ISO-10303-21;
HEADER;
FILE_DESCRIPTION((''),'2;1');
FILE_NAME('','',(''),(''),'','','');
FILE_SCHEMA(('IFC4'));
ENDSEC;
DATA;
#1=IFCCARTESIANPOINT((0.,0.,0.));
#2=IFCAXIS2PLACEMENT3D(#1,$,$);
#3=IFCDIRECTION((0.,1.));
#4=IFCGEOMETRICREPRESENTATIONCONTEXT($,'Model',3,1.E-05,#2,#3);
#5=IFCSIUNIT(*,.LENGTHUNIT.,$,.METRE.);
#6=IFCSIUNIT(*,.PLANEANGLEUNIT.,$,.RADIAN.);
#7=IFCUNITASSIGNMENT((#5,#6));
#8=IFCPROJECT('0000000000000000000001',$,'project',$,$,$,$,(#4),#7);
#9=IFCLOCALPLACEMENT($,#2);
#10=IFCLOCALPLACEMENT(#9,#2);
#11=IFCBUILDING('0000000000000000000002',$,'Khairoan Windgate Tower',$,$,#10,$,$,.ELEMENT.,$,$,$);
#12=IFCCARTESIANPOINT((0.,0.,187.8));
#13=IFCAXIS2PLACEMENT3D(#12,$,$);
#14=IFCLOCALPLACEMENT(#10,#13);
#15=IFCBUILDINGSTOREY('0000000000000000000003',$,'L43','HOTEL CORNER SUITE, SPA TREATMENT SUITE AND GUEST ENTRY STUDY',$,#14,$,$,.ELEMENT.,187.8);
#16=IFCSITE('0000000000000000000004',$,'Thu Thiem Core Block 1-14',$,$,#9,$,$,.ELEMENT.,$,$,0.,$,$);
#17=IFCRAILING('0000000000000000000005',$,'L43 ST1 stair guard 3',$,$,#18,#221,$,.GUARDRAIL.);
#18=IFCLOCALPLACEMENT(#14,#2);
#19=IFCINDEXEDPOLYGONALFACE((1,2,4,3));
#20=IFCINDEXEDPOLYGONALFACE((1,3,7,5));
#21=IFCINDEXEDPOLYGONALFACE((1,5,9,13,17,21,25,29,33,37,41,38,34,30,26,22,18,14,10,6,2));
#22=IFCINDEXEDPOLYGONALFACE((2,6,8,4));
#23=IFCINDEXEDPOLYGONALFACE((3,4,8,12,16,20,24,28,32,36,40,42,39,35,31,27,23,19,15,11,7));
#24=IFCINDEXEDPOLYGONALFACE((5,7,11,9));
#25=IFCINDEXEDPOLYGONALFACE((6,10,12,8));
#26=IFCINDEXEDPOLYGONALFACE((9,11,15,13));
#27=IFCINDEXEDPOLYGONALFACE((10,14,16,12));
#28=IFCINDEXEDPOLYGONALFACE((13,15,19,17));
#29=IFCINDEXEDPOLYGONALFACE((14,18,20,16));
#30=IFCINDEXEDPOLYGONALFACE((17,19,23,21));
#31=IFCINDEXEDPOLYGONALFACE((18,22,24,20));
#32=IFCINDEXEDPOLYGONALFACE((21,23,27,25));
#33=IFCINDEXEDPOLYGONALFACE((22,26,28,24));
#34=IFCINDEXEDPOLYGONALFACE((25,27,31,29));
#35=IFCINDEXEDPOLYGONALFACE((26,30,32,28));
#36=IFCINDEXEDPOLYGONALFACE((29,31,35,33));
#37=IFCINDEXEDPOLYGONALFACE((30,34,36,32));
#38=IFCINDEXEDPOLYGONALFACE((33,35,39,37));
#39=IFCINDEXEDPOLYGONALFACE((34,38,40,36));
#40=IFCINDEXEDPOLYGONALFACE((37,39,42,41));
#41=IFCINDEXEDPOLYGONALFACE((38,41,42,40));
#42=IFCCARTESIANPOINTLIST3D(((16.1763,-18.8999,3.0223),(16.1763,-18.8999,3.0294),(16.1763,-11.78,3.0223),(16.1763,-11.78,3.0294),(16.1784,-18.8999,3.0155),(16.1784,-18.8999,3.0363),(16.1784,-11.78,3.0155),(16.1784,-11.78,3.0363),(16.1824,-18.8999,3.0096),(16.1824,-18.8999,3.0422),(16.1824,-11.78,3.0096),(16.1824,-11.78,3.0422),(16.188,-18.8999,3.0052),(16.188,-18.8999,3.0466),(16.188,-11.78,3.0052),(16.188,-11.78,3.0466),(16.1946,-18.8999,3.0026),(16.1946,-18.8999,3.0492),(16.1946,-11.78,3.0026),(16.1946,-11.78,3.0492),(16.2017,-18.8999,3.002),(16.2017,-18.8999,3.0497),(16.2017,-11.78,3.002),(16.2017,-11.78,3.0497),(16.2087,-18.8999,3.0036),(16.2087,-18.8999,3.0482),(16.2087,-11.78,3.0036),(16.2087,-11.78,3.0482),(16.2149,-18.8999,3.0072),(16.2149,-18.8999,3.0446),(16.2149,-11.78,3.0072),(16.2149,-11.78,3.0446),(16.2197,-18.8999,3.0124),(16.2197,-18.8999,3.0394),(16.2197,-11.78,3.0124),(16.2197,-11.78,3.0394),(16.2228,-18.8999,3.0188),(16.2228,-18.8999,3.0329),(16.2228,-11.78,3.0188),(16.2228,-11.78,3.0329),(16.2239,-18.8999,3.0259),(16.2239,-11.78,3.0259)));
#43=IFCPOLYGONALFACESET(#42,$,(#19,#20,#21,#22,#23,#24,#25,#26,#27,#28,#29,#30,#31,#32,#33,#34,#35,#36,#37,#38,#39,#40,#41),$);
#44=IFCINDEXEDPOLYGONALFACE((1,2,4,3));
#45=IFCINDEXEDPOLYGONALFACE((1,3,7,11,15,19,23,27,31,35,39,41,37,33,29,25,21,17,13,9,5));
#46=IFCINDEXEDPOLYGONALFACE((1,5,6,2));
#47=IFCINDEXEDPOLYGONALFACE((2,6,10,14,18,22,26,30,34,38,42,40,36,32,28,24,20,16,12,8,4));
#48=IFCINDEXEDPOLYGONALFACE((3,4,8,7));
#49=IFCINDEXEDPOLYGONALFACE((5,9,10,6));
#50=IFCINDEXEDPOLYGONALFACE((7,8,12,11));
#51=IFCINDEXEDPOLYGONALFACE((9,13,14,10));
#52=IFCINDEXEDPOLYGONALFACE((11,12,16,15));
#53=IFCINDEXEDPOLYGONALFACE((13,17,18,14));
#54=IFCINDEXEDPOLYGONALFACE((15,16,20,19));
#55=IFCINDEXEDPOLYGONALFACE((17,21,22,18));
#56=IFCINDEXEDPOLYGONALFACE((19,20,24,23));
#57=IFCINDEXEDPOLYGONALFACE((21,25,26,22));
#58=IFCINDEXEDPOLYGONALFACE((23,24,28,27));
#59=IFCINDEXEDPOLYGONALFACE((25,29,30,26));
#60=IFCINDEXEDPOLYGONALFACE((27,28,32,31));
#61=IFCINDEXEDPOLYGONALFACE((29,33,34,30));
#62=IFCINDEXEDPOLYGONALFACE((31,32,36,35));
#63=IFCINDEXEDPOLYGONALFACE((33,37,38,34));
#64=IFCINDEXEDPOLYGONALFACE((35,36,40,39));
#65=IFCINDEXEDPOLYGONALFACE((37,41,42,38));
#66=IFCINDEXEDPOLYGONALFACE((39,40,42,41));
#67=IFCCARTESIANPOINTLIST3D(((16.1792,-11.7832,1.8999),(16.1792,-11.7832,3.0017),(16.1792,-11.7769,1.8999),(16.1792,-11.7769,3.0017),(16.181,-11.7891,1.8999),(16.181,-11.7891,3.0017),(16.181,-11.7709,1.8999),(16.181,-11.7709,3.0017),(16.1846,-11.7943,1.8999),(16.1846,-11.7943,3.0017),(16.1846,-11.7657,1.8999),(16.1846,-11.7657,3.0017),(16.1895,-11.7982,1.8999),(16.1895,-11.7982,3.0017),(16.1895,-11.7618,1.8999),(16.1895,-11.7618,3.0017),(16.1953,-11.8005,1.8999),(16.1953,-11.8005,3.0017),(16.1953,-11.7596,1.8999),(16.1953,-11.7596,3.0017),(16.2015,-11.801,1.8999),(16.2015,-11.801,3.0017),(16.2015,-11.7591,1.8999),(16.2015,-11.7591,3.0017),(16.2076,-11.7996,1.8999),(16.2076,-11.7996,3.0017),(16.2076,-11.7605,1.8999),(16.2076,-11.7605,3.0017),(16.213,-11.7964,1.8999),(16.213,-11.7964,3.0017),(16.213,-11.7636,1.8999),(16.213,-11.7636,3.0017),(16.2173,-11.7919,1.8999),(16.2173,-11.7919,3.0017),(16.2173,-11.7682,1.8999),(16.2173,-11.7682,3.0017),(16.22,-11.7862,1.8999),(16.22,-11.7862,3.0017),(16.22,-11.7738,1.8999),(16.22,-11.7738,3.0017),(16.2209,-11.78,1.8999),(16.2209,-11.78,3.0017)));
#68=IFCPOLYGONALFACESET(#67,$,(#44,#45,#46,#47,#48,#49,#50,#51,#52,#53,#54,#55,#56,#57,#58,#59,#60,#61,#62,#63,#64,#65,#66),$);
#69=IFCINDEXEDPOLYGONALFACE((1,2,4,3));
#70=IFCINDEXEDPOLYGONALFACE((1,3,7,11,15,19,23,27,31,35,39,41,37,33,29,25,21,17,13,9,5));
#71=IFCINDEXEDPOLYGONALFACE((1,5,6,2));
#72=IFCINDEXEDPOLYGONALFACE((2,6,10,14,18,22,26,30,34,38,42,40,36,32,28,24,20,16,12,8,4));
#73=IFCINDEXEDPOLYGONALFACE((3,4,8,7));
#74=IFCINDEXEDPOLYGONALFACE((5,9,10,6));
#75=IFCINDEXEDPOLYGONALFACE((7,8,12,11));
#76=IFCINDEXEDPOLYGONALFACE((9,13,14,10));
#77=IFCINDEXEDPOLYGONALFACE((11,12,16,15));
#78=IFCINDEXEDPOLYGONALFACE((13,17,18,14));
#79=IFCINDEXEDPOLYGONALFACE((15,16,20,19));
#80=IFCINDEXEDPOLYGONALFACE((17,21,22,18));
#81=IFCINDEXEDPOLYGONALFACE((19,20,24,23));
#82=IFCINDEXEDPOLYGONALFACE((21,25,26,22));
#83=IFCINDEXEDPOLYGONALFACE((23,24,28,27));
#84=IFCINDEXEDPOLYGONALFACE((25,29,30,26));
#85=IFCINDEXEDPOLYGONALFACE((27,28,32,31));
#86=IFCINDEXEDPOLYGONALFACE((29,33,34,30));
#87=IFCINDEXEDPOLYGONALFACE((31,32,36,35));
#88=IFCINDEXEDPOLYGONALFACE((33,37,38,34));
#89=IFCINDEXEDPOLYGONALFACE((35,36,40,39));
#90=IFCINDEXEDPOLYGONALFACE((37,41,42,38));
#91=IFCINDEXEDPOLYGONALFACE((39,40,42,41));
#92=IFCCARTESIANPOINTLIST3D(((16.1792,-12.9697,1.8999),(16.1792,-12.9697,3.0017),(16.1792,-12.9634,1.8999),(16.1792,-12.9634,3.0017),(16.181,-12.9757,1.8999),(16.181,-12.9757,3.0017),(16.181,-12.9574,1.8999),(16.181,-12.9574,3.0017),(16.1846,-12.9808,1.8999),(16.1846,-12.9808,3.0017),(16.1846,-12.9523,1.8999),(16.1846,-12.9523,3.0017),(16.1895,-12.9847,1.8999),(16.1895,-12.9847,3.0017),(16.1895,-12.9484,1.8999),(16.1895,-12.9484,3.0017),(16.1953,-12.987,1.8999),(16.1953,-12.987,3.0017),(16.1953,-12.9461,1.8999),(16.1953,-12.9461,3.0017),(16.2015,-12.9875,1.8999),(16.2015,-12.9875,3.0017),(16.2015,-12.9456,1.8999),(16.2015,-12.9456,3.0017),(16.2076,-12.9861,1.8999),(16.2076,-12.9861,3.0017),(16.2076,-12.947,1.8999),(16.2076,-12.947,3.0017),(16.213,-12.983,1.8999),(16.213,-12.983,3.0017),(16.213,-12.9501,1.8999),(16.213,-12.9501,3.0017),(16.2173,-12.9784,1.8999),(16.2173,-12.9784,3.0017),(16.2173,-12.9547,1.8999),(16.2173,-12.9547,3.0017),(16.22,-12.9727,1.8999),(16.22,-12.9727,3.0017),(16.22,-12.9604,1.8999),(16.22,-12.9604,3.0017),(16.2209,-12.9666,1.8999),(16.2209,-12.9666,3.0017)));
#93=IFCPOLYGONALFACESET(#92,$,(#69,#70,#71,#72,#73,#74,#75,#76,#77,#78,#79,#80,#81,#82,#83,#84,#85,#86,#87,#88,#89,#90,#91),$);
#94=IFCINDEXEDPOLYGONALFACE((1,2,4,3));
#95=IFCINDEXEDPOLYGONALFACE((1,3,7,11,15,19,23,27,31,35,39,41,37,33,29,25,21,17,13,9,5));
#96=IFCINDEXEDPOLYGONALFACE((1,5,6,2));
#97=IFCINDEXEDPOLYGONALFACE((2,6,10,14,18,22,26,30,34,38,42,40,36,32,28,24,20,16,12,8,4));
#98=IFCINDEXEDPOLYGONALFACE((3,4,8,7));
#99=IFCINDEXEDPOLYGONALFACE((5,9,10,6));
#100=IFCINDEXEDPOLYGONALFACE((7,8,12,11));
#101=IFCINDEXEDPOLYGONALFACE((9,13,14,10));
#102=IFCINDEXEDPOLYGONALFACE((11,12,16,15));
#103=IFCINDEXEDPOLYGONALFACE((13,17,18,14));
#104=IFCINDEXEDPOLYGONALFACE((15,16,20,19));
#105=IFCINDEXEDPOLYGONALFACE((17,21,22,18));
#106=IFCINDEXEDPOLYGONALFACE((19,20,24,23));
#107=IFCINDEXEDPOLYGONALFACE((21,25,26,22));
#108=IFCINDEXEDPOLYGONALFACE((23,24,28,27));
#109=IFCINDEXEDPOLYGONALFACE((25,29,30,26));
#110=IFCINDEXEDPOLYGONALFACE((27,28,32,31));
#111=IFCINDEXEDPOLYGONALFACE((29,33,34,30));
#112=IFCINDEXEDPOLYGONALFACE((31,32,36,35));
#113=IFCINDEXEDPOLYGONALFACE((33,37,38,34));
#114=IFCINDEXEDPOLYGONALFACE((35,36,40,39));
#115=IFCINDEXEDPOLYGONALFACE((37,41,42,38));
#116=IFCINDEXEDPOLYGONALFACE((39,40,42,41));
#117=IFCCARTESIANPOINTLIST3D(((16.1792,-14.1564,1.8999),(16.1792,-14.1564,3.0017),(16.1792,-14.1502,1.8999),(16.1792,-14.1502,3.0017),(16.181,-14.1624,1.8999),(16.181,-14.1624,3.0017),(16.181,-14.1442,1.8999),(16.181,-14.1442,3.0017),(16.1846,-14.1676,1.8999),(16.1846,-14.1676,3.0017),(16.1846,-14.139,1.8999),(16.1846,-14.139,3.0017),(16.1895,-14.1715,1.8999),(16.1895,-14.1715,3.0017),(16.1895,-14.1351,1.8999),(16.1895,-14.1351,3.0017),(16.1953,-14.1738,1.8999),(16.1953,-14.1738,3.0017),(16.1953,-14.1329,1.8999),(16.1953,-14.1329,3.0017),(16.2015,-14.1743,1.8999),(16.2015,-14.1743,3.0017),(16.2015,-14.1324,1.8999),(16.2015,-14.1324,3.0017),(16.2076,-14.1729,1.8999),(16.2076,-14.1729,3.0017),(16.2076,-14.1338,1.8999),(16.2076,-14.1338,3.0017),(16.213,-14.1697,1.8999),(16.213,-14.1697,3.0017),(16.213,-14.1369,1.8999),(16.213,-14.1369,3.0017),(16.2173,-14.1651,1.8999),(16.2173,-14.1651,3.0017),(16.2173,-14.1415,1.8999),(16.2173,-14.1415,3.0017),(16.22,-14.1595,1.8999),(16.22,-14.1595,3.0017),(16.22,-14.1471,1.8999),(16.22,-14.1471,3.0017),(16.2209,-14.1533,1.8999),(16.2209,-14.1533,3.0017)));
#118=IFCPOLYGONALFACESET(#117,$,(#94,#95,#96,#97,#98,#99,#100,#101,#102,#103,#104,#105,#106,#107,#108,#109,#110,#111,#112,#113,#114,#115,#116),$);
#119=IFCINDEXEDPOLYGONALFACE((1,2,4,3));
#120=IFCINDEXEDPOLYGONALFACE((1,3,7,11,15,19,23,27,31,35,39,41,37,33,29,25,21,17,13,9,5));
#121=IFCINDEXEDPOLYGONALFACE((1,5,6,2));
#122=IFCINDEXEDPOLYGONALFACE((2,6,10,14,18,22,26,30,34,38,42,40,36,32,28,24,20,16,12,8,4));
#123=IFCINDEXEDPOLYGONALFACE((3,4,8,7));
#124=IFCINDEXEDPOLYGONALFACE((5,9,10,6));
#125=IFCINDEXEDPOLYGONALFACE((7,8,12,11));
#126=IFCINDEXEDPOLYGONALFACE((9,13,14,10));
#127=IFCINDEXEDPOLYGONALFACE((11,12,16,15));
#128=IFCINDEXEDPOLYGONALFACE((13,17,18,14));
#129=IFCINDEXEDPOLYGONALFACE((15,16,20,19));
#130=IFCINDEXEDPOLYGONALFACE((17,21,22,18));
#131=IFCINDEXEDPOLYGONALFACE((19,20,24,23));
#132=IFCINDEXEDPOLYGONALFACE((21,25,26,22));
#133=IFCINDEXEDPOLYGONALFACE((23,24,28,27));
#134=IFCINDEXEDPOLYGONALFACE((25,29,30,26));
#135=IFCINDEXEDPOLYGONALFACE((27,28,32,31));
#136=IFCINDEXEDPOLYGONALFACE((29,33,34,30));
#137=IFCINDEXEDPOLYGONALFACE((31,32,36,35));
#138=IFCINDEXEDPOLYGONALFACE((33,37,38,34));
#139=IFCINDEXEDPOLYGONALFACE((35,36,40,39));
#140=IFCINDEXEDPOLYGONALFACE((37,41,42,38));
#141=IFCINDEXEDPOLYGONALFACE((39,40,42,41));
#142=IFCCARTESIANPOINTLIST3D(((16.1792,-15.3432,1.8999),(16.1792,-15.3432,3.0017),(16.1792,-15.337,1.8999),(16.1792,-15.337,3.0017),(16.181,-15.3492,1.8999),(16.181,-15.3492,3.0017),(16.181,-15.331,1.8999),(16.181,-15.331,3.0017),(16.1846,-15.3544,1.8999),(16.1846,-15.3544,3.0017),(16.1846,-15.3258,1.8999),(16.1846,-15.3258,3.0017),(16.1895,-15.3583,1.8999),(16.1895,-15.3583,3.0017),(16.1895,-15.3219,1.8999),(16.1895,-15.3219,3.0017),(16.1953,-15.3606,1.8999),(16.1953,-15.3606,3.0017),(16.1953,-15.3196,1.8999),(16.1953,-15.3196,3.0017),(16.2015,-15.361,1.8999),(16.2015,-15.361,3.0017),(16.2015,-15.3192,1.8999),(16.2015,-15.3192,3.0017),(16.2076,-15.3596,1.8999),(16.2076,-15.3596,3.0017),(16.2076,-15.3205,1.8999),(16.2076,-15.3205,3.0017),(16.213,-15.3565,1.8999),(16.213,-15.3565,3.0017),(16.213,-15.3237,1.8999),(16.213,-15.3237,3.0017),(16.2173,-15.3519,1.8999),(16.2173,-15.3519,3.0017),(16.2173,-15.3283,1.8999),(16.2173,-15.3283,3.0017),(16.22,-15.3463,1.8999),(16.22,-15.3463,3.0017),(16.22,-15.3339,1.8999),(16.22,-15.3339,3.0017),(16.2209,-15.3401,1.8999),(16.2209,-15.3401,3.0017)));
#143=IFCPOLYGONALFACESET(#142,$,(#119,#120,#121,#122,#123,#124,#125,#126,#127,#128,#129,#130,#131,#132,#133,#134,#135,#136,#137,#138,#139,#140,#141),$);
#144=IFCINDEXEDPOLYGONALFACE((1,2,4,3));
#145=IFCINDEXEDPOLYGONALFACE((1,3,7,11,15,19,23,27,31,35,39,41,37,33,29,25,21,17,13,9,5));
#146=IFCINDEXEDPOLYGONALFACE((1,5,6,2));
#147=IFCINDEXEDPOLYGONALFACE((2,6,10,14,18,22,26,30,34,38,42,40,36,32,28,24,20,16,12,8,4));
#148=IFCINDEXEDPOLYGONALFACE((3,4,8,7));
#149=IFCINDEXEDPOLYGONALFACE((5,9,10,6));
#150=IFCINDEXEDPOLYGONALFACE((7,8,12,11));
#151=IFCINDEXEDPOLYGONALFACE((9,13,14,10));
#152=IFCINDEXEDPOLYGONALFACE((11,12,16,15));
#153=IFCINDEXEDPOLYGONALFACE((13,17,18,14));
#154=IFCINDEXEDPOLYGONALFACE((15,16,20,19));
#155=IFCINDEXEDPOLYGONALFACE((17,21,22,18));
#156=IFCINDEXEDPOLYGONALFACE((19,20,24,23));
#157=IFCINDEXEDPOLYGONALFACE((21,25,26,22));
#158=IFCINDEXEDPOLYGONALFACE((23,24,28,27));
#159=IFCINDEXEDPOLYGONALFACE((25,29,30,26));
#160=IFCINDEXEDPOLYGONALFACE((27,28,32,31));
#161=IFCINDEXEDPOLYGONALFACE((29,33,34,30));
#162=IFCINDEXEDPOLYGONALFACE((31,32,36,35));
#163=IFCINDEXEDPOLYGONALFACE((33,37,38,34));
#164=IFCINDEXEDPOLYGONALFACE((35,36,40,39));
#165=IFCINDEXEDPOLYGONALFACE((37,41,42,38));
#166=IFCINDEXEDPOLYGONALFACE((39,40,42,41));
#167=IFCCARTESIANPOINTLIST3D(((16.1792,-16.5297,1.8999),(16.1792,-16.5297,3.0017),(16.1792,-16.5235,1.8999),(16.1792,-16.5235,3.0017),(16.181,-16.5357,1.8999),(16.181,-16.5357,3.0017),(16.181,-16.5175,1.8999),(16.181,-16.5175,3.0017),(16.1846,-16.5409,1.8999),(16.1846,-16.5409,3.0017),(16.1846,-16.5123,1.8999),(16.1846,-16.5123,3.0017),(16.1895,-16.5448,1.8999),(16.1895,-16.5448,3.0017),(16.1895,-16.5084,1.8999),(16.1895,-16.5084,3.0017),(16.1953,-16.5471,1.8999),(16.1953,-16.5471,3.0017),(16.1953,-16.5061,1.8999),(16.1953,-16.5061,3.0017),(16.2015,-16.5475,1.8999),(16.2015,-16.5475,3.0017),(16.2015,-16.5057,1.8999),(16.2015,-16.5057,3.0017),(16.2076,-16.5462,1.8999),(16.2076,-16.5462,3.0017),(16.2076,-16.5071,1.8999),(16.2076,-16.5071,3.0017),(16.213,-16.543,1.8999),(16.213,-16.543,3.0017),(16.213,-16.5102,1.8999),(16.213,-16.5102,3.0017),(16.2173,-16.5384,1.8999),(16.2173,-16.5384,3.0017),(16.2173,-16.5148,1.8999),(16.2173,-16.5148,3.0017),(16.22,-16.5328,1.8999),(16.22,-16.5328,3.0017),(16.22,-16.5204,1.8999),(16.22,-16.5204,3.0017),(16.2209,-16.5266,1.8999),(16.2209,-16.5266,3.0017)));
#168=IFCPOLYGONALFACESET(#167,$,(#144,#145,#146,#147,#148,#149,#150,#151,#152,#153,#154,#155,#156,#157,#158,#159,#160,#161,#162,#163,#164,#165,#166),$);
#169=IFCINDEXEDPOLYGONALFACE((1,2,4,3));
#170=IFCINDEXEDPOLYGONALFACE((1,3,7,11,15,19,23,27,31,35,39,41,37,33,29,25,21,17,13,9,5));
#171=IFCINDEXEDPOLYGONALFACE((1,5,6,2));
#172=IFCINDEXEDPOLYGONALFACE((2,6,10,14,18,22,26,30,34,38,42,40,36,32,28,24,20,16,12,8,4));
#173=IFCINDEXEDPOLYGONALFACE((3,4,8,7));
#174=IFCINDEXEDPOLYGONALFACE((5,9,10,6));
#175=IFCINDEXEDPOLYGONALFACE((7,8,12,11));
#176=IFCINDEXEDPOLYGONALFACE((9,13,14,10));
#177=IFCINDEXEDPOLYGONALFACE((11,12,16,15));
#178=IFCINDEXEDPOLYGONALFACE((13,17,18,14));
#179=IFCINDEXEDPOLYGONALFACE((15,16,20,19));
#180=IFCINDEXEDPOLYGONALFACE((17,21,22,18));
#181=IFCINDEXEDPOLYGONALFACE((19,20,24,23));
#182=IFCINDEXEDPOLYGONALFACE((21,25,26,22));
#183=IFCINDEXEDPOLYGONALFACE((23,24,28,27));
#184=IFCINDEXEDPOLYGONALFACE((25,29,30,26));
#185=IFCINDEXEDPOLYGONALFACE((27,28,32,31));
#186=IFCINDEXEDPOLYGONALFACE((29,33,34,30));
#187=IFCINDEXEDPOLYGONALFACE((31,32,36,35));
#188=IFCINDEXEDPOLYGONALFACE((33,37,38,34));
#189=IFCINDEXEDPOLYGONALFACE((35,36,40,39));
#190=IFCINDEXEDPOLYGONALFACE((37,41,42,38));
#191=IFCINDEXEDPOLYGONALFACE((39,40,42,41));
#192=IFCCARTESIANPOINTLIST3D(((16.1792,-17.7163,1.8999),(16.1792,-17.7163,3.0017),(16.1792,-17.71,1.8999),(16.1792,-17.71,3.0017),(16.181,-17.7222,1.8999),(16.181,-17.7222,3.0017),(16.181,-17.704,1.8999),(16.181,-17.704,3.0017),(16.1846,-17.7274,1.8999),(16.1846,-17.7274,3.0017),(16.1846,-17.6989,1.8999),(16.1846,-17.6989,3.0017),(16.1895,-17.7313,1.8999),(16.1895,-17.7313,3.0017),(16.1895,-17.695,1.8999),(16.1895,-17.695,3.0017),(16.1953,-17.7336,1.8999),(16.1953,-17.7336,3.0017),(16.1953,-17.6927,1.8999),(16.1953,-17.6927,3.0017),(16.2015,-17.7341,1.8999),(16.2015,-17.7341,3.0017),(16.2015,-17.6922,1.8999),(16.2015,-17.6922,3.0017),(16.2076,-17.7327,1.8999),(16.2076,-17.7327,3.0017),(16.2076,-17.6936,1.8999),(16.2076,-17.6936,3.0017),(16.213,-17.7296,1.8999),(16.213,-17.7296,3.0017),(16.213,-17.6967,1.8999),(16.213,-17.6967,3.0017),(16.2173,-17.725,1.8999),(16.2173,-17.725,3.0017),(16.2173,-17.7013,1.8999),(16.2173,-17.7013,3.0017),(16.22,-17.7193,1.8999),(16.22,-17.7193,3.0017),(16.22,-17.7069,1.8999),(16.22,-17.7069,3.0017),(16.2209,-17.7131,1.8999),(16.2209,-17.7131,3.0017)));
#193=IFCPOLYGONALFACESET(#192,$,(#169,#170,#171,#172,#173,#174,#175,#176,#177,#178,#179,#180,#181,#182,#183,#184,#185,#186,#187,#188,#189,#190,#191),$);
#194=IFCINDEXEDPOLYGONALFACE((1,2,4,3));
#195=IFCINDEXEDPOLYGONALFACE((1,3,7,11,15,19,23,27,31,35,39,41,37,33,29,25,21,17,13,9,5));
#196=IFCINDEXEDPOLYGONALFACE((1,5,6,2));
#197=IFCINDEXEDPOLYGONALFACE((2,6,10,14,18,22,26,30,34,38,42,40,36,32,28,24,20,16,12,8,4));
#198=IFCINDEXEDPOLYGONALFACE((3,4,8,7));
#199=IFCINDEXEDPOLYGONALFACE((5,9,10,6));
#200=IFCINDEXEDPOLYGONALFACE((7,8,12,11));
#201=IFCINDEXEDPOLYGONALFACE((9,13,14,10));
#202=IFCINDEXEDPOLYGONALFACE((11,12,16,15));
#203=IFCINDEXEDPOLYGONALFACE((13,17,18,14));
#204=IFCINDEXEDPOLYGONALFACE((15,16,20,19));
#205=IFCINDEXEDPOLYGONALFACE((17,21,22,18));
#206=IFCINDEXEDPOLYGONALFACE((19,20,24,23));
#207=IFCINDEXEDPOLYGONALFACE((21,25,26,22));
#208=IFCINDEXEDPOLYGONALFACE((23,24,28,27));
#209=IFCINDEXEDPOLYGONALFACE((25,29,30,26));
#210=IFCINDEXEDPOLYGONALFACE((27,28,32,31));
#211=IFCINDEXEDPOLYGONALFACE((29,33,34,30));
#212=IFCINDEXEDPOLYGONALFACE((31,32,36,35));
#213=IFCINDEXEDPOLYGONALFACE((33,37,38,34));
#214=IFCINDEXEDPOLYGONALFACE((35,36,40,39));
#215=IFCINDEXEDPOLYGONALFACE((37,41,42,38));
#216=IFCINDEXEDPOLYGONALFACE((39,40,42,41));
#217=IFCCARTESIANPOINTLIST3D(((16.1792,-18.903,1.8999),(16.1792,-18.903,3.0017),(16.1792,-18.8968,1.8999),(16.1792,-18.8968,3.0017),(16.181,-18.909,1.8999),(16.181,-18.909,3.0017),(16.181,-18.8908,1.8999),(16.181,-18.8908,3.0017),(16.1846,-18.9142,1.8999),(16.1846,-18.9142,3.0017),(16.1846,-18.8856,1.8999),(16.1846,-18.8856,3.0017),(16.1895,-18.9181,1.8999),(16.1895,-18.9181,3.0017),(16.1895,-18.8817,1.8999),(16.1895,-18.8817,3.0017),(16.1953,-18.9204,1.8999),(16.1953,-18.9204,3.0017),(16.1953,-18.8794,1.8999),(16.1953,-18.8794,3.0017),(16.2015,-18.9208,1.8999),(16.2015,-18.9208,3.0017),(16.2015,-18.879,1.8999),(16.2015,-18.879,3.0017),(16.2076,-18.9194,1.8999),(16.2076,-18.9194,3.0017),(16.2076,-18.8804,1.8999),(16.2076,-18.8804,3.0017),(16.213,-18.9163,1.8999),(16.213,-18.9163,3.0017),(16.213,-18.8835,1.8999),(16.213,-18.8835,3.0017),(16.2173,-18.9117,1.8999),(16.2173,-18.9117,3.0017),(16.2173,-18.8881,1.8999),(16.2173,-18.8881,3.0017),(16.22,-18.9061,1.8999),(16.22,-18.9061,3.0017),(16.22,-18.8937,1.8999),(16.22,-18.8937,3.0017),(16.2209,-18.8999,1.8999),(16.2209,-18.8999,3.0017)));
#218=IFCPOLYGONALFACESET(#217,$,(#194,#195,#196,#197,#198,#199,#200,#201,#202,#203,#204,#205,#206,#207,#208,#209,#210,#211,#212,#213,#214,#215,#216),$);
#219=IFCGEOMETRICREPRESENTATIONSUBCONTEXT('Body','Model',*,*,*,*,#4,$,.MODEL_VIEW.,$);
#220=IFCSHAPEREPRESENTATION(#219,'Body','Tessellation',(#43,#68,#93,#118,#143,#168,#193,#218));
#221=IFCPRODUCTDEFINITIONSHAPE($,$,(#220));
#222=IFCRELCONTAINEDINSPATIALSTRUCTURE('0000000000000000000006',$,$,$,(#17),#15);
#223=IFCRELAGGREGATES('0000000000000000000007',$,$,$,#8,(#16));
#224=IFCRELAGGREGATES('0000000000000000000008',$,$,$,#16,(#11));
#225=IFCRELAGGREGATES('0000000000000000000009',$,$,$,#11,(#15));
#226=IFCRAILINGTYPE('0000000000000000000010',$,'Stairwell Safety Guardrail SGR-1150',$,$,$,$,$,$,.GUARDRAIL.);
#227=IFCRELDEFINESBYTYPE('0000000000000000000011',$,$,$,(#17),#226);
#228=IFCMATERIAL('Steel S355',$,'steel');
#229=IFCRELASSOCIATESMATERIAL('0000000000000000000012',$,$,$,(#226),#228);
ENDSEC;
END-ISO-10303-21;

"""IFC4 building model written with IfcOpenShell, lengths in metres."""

from ifc_helpers import new_model, si_unit, direction, frame, origin, origin_2d, place, context, subcontext, project, spatial, circle, extrude, material, type_object, element, save


model = new_model("IFC4")

# Units and contexts
model_context = context("Model", 3, precision=1e-05, world=origin(), true_north=direction((0.0, 1.0)))
body_context = subcontext(model_context, "Body", "Model", "MODEL_VIEW")
ifc_project = project(units=[si_unit("LENGTHUNIT", "METRE"), si_unit("PLANEANGLEUNIT", "RADIAN")], contexts=[model_context])

# Site, building, storey
site_placement = place(None, origin())
site = spatial("IfcSite", under=ifc_project, at=site_placement, Name="Thu Thiem Core Block 1-14", CompositionType="ELEMENT", RefElevation=0.0)
building_placement = place(site_placement, origin())
building = spatial("IfcBuilding", under=site, at=building_placement, Name="Khairoan Windgate Tower", CompositionType="ELEMENT")
storey_placement = place(building_placement, frame((0.0, 0.0, 187.8)))
storey = spatial("IfcBuildingStorey", under=building, at=storey_placement, Name="L43", Description="HOTEL CORNER SUITE, SPA TREATMENT SUITE AND GUEST ENTRY STUDY", CompositionType="ELEMENT", Elevation=187.8)

# Railing
ifc_material_1 = material(Name="Steel S355", Category="steel")
railing_type = type_object("IfcRailingType", Name="Stairwell Safety Guardrail SGR-1150", PredefinedType="GUARDRAIL", material=ifc_material_1)
railing_1_placement = place(storey_placement, frame((16.2, -11.78, 1.8999)))
element("IfcRailing", 1, at=railing_1_placement, inside=storey, type_object=railing_type, Name="L43 ST1 stair guard 3", PredefinedType="GUARDRAIL", context=body_context, shape_type="SweptSolid", body=[
    extrude(circle(Radius=0.0239, at=origin_2d()), frame((0.0, 0.0, 1.126), z_axis=(0.0, -1.0, 0.0), x_axis=(1.0, 0.0, 0.0)), (0.0, 0.0, 1.0), 7.1199),
    extrude(circle(Radius=0.021, at=origin_2d()), origin(), (0.0, 0.0, 1.0), 1.1018),
    extrude(circle(Radius=0.021, at=origin_2d()), frame((0.0, -1.1865, 0.0)), (0.0, 0.0, 1.0), 1.1018),
    extrude(circle(Radius=0.021, at=origin_2d()), frame((0.0, -2.3733, 0.0)), (0.0, 0.0, 1.0), 1.1018),
    extrude(circle(Radius=0.021, at=origin_2d()), frame((0.0, -3.5601, 0.0)), (0.0, 0.0, 1.0), 1.1018),
    extrude(circle(Radius=0.021, at=origin_2d()), frame((0.0, -4.7466, 0.0)), (0.0, 0.0, 1.0), 1.1018),
    extrude(circle(Radius=0.021, at=origin_2d()), frame((0.0, -5.9331, 0.0)), (0.0, 0.0, 1.0), 1.1018),
    extrude(circle(Radius=0.021, at=origin_2d()), frame((0.0, -7.1199, 0.0)), (0.0, 0.0, 1.0), 1.1018),
])

save(model, "model.ifc")
